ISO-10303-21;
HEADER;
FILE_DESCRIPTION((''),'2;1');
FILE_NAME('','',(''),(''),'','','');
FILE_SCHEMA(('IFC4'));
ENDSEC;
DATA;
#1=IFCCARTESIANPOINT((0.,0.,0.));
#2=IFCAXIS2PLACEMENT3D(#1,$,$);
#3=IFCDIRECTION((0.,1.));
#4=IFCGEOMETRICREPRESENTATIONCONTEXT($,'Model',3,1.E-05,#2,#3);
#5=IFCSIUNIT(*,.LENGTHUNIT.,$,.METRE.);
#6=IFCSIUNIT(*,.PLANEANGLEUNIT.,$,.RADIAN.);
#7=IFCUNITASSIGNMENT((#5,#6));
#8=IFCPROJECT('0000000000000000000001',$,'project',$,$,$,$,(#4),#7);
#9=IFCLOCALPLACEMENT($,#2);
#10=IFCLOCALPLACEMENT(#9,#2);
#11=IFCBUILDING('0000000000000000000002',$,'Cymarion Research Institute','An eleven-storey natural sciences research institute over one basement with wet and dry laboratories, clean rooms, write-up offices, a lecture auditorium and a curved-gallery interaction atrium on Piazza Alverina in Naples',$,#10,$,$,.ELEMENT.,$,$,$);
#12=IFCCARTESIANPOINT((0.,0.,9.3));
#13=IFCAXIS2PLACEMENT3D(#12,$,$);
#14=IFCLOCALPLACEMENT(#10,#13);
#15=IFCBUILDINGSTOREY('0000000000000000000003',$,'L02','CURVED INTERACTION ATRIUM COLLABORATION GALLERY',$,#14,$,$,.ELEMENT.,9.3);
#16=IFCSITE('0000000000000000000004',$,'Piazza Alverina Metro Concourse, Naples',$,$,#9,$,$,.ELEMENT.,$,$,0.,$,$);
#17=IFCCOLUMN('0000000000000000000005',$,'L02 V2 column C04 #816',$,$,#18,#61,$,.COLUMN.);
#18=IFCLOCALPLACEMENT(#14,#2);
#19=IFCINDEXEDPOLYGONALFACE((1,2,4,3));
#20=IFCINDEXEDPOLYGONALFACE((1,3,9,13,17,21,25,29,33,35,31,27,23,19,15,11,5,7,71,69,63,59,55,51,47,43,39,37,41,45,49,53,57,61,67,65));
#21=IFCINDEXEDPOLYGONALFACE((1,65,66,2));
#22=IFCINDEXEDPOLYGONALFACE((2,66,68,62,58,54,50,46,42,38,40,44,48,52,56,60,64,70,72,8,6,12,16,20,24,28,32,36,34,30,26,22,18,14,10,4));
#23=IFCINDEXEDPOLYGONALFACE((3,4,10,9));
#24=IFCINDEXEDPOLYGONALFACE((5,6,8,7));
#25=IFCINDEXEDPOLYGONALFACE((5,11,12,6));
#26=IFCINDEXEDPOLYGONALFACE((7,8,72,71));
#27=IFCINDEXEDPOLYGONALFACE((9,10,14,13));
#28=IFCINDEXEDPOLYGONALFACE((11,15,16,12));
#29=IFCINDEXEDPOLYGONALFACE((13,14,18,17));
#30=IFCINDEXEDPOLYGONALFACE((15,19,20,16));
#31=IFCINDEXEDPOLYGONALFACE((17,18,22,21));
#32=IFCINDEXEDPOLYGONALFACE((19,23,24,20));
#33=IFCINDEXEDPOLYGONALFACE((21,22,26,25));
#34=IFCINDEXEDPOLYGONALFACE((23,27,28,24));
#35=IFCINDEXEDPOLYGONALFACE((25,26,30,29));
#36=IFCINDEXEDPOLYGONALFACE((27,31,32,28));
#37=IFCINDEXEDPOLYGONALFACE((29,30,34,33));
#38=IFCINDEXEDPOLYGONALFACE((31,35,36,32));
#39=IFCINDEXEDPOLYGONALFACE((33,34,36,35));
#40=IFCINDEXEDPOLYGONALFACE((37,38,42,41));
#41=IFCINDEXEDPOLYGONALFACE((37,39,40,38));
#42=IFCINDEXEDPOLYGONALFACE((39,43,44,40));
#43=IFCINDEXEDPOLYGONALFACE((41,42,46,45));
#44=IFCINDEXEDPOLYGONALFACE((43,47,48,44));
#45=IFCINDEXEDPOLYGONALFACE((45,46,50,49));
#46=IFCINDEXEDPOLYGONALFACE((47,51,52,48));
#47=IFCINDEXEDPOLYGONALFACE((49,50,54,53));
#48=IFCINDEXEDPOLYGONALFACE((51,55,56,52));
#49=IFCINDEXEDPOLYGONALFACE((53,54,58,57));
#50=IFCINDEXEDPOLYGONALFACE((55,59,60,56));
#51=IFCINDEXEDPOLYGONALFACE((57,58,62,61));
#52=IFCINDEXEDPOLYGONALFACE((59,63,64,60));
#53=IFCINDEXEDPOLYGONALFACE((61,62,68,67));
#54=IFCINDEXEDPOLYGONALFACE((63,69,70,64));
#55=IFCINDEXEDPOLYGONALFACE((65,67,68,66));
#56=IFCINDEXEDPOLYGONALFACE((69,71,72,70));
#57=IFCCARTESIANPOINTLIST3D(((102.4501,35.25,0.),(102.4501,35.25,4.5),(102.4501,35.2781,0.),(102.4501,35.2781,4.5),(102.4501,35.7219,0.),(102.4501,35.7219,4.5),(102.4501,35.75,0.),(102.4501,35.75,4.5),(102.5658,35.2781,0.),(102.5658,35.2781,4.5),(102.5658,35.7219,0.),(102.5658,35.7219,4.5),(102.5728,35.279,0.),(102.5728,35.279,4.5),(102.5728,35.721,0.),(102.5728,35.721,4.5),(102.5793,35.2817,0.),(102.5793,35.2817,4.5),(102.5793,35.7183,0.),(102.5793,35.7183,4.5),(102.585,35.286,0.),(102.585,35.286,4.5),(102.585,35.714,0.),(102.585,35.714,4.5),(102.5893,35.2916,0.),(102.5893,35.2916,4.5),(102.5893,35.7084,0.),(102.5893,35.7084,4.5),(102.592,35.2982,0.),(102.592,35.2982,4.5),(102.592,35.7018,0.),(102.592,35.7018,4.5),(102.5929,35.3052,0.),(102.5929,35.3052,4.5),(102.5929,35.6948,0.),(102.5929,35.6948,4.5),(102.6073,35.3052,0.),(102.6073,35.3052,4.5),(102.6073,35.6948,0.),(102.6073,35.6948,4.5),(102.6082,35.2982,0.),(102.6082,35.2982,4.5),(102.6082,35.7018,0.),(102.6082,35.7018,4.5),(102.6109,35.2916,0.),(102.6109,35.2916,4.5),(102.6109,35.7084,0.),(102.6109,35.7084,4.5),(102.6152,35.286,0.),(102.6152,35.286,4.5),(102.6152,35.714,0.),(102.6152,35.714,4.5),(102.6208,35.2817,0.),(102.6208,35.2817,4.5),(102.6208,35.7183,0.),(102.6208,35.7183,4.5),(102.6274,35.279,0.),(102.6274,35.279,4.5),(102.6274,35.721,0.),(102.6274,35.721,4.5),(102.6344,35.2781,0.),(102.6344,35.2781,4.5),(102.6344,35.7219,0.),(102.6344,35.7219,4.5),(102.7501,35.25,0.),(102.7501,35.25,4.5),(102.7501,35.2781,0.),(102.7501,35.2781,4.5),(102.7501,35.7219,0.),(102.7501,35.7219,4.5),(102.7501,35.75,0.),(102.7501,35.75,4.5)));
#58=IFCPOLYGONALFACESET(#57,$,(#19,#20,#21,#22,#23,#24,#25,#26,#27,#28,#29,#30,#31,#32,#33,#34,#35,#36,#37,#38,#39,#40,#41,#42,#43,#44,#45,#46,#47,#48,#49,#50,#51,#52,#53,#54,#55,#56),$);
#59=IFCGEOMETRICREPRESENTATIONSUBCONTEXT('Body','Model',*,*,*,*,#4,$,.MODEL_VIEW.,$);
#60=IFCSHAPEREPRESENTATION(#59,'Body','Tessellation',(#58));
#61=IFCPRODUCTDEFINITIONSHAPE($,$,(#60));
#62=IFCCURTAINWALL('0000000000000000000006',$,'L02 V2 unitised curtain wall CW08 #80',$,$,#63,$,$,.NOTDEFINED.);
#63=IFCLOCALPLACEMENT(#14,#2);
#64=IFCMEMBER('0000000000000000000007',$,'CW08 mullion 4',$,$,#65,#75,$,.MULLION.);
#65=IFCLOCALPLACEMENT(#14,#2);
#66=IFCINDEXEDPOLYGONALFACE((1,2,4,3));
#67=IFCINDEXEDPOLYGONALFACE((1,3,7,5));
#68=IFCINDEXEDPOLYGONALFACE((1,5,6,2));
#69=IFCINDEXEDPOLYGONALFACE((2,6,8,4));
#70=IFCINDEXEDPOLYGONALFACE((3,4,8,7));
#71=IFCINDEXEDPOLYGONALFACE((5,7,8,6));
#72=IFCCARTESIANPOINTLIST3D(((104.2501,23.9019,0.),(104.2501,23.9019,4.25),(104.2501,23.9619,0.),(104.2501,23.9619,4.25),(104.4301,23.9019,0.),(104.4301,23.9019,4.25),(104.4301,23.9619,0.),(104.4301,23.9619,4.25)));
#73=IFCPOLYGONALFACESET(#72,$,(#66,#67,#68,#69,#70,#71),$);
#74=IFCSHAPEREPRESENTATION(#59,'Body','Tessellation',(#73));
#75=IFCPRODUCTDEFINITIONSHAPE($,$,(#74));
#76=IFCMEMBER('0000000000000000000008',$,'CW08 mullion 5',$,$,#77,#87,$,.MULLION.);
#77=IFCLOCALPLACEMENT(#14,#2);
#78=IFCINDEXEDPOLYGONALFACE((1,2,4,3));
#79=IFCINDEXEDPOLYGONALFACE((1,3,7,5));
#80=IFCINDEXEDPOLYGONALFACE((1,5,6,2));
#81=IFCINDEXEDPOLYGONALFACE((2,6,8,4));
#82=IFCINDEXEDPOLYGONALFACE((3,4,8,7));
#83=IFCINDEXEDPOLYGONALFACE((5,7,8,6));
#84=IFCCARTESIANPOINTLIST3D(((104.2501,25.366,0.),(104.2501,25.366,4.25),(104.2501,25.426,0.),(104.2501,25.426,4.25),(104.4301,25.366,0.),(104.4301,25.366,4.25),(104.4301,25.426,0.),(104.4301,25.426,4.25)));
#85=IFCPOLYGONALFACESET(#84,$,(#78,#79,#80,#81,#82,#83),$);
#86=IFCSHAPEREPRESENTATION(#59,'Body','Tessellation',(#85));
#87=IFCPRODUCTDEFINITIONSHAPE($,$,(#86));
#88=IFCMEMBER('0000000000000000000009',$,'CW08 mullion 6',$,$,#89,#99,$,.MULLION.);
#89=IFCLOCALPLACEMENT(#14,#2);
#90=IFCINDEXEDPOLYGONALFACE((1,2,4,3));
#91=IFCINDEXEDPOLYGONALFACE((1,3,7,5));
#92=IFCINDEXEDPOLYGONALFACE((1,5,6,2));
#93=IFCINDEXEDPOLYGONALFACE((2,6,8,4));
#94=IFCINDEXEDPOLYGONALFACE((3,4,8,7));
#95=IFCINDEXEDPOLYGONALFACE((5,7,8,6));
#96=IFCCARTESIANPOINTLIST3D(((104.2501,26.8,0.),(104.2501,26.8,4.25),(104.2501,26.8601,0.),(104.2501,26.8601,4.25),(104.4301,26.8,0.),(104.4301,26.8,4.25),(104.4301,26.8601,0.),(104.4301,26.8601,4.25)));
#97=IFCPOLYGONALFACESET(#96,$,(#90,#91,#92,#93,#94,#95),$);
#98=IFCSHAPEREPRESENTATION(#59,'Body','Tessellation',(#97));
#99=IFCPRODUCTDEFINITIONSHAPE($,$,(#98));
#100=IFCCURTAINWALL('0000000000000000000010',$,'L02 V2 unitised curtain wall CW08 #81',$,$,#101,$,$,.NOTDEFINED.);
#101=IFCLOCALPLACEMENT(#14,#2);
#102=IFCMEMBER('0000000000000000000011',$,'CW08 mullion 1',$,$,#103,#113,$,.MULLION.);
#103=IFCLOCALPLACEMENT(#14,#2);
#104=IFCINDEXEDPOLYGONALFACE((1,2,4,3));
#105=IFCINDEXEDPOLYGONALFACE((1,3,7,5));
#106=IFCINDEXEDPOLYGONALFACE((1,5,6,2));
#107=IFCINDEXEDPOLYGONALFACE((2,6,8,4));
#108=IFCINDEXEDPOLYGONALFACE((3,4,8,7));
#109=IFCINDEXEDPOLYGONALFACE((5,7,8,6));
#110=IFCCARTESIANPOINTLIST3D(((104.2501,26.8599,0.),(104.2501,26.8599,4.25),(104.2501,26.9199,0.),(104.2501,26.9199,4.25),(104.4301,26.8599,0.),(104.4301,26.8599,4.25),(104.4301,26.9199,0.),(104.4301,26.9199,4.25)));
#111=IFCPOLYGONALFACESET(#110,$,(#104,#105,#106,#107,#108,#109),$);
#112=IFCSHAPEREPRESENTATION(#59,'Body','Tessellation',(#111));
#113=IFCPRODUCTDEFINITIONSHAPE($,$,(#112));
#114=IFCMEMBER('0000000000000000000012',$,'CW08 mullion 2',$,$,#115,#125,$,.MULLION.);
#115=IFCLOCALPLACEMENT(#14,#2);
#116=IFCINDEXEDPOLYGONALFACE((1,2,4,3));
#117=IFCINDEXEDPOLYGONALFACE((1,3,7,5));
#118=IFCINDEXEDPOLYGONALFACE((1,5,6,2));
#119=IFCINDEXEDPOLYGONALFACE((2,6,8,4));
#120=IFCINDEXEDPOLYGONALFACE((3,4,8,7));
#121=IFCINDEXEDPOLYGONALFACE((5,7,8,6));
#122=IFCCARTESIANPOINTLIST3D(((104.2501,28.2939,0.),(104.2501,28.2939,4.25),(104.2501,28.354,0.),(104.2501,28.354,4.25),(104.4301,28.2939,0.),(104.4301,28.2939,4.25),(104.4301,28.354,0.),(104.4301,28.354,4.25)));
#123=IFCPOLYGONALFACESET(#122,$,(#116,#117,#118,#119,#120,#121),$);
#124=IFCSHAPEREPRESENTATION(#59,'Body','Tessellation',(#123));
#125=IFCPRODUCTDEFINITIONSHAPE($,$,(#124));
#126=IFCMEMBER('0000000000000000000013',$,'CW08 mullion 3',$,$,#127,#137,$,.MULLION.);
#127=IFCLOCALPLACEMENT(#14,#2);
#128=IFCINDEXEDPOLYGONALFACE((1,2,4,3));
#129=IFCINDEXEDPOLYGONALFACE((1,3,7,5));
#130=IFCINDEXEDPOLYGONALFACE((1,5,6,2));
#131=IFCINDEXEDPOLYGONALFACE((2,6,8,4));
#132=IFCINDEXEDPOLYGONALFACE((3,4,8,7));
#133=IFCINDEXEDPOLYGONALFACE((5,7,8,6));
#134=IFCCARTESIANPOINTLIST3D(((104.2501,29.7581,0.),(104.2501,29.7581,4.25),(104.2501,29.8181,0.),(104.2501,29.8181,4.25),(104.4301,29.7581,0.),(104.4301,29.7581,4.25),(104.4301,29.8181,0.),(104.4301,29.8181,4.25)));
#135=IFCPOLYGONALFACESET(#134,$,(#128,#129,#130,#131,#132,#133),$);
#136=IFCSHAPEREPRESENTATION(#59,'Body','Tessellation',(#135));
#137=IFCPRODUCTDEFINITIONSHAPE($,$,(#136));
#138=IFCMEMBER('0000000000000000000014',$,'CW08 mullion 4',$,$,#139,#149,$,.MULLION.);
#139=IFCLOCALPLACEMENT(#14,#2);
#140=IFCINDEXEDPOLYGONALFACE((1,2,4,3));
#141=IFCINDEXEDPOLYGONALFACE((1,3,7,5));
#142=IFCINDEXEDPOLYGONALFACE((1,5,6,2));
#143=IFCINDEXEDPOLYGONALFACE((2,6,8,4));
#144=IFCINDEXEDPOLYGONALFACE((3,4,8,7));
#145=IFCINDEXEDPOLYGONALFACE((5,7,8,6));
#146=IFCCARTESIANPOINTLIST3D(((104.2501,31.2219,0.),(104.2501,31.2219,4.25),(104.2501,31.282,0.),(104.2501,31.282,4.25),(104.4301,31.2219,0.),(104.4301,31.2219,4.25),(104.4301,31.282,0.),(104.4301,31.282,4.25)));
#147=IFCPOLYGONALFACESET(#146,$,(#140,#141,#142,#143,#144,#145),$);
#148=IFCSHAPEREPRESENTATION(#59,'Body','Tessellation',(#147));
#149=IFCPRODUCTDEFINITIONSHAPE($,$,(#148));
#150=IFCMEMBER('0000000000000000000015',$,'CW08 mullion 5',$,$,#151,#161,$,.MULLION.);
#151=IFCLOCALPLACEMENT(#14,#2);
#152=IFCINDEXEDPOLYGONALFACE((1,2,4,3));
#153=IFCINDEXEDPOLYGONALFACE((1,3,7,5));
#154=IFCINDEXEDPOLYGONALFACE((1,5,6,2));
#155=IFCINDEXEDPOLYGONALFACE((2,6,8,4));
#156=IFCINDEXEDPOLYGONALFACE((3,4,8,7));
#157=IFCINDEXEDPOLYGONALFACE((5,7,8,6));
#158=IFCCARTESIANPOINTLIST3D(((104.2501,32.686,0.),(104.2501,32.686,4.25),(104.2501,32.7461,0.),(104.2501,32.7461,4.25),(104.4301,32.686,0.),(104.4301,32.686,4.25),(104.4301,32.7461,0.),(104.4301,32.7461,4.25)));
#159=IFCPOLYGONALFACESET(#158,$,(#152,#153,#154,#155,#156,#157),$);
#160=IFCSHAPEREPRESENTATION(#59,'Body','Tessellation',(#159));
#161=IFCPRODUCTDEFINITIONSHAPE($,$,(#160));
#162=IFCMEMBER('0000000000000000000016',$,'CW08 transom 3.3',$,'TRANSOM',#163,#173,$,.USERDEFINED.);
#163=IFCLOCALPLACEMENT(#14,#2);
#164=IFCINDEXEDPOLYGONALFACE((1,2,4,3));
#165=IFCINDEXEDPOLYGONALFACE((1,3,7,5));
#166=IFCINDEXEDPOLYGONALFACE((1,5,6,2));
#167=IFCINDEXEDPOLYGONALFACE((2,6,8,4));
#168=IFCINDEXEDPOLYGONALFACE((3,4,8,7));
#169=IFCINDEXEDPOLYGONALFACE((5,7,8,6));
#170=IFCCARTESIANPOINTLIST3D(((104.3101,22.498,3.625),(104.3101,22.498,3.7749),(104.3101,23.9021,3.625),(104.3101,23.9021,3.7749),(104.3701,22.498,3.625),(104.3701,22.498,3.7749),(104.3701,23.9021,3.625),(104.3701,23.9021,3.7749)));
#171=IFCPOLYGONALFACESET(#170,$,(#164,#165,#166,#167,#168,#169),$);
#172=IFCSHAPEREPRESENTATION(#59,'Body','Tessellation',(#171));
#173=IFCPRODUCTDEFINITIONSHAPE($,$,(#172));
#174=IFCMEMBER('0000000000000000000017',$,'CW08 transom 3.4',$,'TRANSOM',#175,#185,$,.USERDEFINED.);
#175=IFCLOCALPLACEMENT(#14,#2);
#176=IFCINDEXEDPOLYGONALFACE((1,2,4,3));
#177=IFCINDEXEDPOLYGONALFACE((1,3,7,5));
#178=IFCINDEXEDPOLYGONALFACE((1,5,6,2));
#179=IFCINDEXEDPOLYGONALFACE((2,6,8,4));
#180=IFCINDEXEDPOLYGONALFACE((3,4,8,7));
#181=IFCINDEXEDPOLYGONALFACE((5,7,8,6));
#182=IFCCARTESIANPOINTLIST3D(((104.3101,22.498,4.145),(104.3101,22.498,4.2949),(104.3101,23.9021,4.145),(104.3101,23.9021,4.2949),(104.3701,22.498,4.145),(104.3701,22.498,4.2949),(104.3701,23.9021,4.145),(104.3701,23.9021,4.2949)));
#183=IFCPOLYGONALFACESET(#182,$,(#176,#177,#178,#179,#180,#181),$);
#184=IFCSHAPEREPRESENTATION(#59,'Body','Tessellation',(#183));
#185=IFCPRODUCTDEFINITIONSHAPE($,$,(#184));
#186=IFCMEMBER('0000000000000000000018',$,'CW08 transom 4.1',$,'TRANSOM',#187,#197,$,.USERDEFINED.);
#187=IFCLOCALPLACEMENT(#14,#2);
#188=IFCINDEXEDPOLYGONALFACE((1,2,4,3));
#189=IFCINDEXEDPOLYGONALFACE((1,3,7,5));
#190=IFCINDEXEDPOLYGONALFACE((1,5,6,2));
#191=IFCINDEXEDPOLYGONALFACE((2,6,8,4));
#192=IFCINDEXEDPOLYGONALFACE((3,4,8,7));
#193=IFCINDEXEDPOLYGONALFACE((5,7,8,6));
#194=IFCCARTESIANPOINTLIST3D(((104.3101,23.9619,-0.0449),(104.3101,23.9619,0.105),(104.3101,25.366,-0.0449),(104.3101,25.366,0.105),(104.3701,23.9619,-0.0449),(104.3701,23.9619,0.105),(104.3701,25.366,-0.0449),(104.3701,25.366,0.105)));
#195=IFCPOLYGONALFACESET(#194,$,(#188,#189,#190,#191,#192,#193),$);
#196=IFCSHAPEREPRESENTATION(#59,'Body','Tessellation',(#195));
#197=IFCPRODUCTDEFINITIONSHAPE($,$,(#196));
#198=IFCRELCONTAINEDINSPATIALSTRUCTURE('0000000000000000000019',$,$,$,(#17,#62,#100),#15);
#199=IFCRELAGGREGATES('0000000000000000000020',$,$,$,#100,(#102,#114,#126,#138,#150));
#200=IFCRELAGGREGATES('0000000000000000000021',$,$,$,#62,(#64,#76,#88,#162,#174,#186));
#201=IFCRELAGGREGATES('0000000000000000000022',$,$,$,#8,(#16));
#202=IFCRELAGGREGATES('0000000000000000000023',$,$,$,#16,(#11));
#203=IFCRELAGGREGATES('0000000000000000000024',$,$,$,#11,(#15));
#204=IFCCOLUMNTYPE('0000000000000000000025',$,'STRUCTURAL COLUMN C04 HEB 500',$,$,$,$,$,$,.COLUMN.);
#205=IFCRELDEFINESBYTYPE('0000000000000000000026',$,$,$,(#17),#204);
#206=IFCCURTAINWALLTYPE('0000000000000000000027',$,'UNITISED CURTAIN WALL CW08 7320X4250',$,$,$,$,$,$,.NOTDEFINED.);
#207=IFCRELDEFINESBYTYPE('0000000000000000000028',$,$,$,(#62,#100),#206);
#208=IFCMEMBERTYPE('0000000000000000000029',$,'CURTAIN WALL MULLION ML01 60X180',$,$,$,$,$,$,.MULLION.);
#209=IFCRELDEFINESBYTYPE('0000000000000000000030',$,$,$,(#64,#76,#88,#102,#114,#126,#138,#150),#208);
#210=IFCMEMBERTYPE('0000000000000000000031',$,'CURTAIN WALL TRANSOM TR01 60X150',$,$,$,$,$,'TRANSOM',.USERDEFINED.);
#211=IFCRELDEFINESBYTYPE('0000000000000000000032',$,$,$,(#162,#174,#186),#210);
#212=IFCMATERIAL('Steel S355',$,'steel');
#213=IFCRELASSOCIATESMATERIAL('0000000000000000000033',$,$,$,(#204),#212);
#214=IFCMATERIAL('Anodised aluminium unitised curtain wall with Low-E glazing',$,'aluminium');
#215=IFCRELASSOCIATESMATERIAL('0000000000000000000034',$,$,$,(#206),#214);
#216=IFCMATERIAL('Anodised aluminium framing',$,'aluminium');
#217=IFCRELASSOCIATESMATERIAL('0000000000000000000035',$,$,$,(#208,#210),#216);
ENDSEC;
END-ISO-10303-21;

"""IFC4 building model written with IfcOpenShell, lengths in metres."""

from ifc_helpers import new_model, si_unit, direction, frame, origin, origin_2d, place, context, subcontext, project, spatial, rectangle, i_section, extrude, material, material_profile, profile_set, type_object, element, aggregate, save


model = new_model("IFC4")

# Units and contexts
model_context = context("Model", 3, precision=1e-05, world=origin(), true_north=direction((0.0, 1.0)))
body_context = subcontext(model_context, "Body", "Model", "MODEL_VIEW")
ifc_project = project(units=[si_unit("LENGTHUNIT", "METRE"), si_unit("PLANEANGLEUNIT", "RADIAN")], contexts=[model_context])

# Site, building, storey
site_placement = place(None, origin())
site = spatial("IfcSite", under=ifc_project, at=site_placement, Name="Piazza Alverina Metro Concourse, Naples", CompositionType="ELEMENT", RefElevation=0.0)
building_placement = place(site_placement, origin())
building = spatial("IfcBuilding", under=site, at=building_placement, Name="Cymarion Research Institute", Description="An eleven-storey natural sciences research institute over one basement with wet and dry laboratories, clean rooms, write-up offices, a lecture auditorium and a curved-gallery interaction atrium on Piazza Alverina in Naples", CompositionType="ELEMENT")
storey_placement = place(building_placement, frame((0.0, 0.0, 9.3)))
storey = spatial("IfcBuildingStorey", under=building, at=storey_placement, Name="L02", Description="CURVED INTERACTION ATRIUM COLLABORATION GALLERY", CompositionType="ELEMENT", Elevation=9.3)

# Column
ifc_material_1 = material(Name="Steel S355", Category="steel")
ifc_material_profile_1 = material_profile(ifc_material_1, i_section(OverallWidth=0.3, OverallDepth=0.5, WebThickness=0.0144, FlangeThickness=0.0281, FilletRadius=0.0271, at=origin_2d()), Name="HEB 500")
ifc_profile_set_1 = profile_set([ifc_material_profile_1], Name="Steel S355")
column_type = type_object("IfcColumnType", Name="STRUCTURAL COLUMN C04 HEB 500", PredefinedType="COLUMN", material=ifc_profile_set_1)
column_placement = place(storey_placement, frame((102.6001, 35.5, 0.0), z_axis=(0.0, 0.0, 1.0), x_axis=(1.0, 0.0, 0.0)))
element("IfcColumn", 1, at=column_placement, inside=storey, type_object=column_type, Name="L02 V2 column C04 #816", PredefinedType="COLUMN", context=body_context, shape_type="SweptSolid", body=[
    extrude(i_section(OverallWidth=0.3, OverallDepth=0.5, WebThickness=0.0144, FlangeThickness=0.0281, FilletRadius=0.0271, at=origin_2d()), origin(), (0.0, 0.0, 1.0), 4.5),
])

# Curtain walls, members
ifc_material_2 = material(Name="Anodised aluminium unitised curtain wall with Low-E glazing", Category="aluminium")
curtain_wall_type = type_object("IfcCurtainWallType", Name="UNITISED CURTAIN WALL CW08 7320X4250", PredefinedType="NOTDEFINED", material=ifc_material_2)
curtain_wall_1_placement = place(storey_placement, origin())
curtain_wall_1 = element("IfcCurtainWall", 2, at=curtain_wall_1_placement, inside=storey, type_object=curtain_wall_type, Name="L02 V2 unitised curtain wall CW08 #80", PredefinedType="NOTDEFINED")
ifc_material_3 = material(Name="Anodised aluminium framing", Category="aluminium")
ifc_material_profile_2 = material_profile(ifc_material_3, rectangle(XDim=0.0601, YDim=0.1799, at=origin_2d()), Name="ALU MULLION 60x180")
ifc_profile_set_2 = profile_set([ifc_material_profile_2], Name="Anodised aluminium framing")
member_type_1 = type_object("IfcMemberType", Name="CURTAIN WALL MULLION ML01 60X180", PredefinedType="MULLION", material=ifc_profile_set_2)
member_1_placement = place(storey_placement, frame((104.3401, 23.9319, 0.0), z_axis=(0.0, 0.0, 1.0), x_axis=(0.0, 1.0, 0.0)))
member_1 = element("IfcMember", 3, at=member_1_placement, type_object=member_type_1, Name="CW08 mullion 4", PredefinedType="MULLION", context=body_context, shape_type="SweptSolid", body=[
    extrude(rectangle(XDim=0.0601, YDim=0.1799, at=origin_2d()), origin(), (0.0, 0.0, 1.0), 4.25),
])
member_2_placement = place(storey_placement, frame((104.3401, 25.396, 0.0), z_axis=(0.0, 0.0, 1.0), x_axis=(0.0, 1.0, 0.0)))
member_2 = element("IfcMember", 4, at=member_2_placement, type_object=member_type_1, Name="CW08 mullion 5", PredefinedType="MULLION", context=body_context, shape_type="SweptSolid", body=[
    extrude(rectangle(XDim=0.0601, YDim=0.1799, at=origin_2d()), origin(), (0.0, 0.0, 1.0), 4.25),
])
member_3_placement = place(storey_placement, frame((104.3401, 26.8301, 0.0), z_axis=(0.0, 0.0, 1.0), x_axis=(0.0, 1.0, 0.0)))
member_3 = element("IfcMember", 5, at=member_3_placement, type_object=member_type_1, Name="CW08 mullion 6", PredefinedType="MULLION", context=body_context, shape_type="SweptSolid", body=[
    extrude(rectangle(XDim=0.0601, YDim=0.1799, at=origin_2d()), origin(), (0.0, 0.0, 1.0), 4.25),
])
curtain_wall_2_placement = place(storey_placement, origin())
curtain_wall_2 = element("IfcCurtainWall", 6, at=curtain_wall_2_placement, inside=storey, type_object=curtain_wall_type, Name="L02 V2 unitised curtain wall CW08 #81", PredefinedType="NOTDEFINED")
member_4_placement = place(storey_placement, frame((104.3401, 26.8899, 0.0), z_axis=(0.0, 0.0, 1.0), x_axis=(0.0, 1.0, 0.0)))
member_4 = element("IfcMember", 7, at=member_4_placement, type_object=member_type_1, Name="CW08 mullion 1", PredefinedType="MULLION", context=body_context, shape_type="SweptSolid", body=[
    extrude(rectangle(XDim=0.0601, YDim=0.1799, at=origin_2d()), origin(), (0.0, 0.0, 1.0), 4.25),
])
member_5_placement = place(storey_placement, frame((104.3401, 28.324, 0.0), z_axis=(0.0, 0.0, 1.0), x_axis=(0.0, 1.0, 0.0)))
member_5 = element("IfcMember", 8, at=member_5_placement, type_object=member_type_1, Name="CW08 mullion 2", PredefinedType="MULLION", context=body_context, shape_type="SweptSolid", body=[
    extrude(rectangle(XDim=0.0601, YDim=0.1799, at=origin_2d()), origin(), (0.0, 0.0, 1.0), 4.25),
])
member_6_placement = place(storey_placement, frame((104.3401, 29.7881, 0.0), z_axis=(0.0, 0.0, 1.0), x_axis=(0.0, 1.0, 0.0)))
member_6 = element("IfcMember", 9, at=member_6_placement, type_object=member_type_1, Name="CW08 mullion 3", PredefinedType="MULLION", context=body_context, shape_type="SweptSolid", body=[
    extrude(rectangle(XDim=0.0601, YDim=0.1799, at=origin_2d()), origin(), (0.0, 0.0, 1.0), 4.25),
])
member_7_placement = place(storey_placement, frame((104.3401, 31.252, 0.0), z_axis=(0.0, 0.0, 1.0), x_axis=(0.0, 1.0, 0.0)))
member_7 = element("IfcMember", 10, at=member_7_placement, type_object=member_type_1, Name="CW08 mullion 4", PredefinedType="MULLION", context=body_context, shape_type="SweptSolid", body=[
    extrude(rectangle(XDim=0.0601, YDim=0.1799, at=origin_2d()), origin(), (0.0, 0.0, 1.0), 4.25),
])
member_8_placement = place(storey_placement, frame((104.3401, 32.7161, 0.0), z_axis=(0.0, 0.0, 1.0), x_axis=(0.0, 1.0, 0.0)))
member_8 = element("IfcMember", 11, at=member_8_placement, type_object=member_type_1, Name="CW08 mullion 5", PredefinedType="MULLION", context=body_context, shape_type="SweptSolid", body=[
    extrude(rectangle(XDim=0.0601, YDim=0.1799, at=origin_2d()), origin(), (0.0, 0.0, 1.0), 4.25),
])
aggregate(curtain_wall_2, [member_4, member_5, member_6, member_7, member_8])

# Members
ifc_material_profile_3 = material_profile(ifc_material_3, rectangle(XDim=0.0601, YDim=0.1499, at=origin_2d()), Name="ALU TRANSOM 60x150")
ifc_profile_set_3 = profile_set([ifc_material_profile_3], Name="Anodised aluminium framing")
member_type_2 = type_object("IfcMemberType", Name="CURTAIN WALL TRANSOM TR01 60X150", ElementType="TRANSOM", PredefinedType="USERDEFINED", material=ifc_profile_set_3)
member_9_placement = place(storey_placement, frame((104.3401, 22.498, 3.7), z_axis=(0.0, 1.0, 0.0), x_axis=(-1.0, 0.0, 0.0)))
member_9 = element("IfcMember", 12, at=member_9_placement, type_object=member_type_2, Name="CW08 transom 3.3", ObjectType="TRANSOM", PredefinedType="USERDEFINED", context=body_context, shape_type="SweptSolid", body=[
    extrude(rectangle(XDim=0.0601, YDim=0.1499, at=origin_2d()), origin(), (0.0, 0.0, 1.0), 1.4041),
])
member_10_placement = place(storey_placement, frame((104.3401, 22.498, 4.22), z_axis=(0.0, 1.0, 0.0), x_axis=(-1.0, 0.0, 0.0)))
member_10 = element("IfcMember", 13, at=member_10_placement, type_object=member_type_2, Name="CW08 transom 3.4", ObjectType="TRANSOM", PredefinedType="USERDEFINED", context=body_context, shape_type="SweptSolid", body=[
    extrude(rectangle(XDim=0.0601, YDim=0.1499, at=origin_2d()), origin(), (0.0, 0.0, 1.0), 1.4041),
])
member_11_placement = place(storey_placement, frame((104.3401, 23.9619, 0.03), z_axis=(0.0, 1.0, 0.0), x_axis=(-1.0, 0.0, 0.0)))
member_11 = element("IfcMember", 14, at=member_11_placement, type_object=member_type_2, Name="CW08 transom 4.1", ObjectType="TRANSOM", PredefinedType="USERDEFINED", context=body_context, shape_type="SweptSolid", body=[
    extrude(rectangle(XDim=0.0601, YDim=0.1499, at=origin_2d()), origin(), (0.0, 0.0, 1.0), 1.4041),
])

aggregate(curtain_wall_1, [member_1, member_2, member_3, member_9, member_10, member_11])

save(model, "model.ifc")
